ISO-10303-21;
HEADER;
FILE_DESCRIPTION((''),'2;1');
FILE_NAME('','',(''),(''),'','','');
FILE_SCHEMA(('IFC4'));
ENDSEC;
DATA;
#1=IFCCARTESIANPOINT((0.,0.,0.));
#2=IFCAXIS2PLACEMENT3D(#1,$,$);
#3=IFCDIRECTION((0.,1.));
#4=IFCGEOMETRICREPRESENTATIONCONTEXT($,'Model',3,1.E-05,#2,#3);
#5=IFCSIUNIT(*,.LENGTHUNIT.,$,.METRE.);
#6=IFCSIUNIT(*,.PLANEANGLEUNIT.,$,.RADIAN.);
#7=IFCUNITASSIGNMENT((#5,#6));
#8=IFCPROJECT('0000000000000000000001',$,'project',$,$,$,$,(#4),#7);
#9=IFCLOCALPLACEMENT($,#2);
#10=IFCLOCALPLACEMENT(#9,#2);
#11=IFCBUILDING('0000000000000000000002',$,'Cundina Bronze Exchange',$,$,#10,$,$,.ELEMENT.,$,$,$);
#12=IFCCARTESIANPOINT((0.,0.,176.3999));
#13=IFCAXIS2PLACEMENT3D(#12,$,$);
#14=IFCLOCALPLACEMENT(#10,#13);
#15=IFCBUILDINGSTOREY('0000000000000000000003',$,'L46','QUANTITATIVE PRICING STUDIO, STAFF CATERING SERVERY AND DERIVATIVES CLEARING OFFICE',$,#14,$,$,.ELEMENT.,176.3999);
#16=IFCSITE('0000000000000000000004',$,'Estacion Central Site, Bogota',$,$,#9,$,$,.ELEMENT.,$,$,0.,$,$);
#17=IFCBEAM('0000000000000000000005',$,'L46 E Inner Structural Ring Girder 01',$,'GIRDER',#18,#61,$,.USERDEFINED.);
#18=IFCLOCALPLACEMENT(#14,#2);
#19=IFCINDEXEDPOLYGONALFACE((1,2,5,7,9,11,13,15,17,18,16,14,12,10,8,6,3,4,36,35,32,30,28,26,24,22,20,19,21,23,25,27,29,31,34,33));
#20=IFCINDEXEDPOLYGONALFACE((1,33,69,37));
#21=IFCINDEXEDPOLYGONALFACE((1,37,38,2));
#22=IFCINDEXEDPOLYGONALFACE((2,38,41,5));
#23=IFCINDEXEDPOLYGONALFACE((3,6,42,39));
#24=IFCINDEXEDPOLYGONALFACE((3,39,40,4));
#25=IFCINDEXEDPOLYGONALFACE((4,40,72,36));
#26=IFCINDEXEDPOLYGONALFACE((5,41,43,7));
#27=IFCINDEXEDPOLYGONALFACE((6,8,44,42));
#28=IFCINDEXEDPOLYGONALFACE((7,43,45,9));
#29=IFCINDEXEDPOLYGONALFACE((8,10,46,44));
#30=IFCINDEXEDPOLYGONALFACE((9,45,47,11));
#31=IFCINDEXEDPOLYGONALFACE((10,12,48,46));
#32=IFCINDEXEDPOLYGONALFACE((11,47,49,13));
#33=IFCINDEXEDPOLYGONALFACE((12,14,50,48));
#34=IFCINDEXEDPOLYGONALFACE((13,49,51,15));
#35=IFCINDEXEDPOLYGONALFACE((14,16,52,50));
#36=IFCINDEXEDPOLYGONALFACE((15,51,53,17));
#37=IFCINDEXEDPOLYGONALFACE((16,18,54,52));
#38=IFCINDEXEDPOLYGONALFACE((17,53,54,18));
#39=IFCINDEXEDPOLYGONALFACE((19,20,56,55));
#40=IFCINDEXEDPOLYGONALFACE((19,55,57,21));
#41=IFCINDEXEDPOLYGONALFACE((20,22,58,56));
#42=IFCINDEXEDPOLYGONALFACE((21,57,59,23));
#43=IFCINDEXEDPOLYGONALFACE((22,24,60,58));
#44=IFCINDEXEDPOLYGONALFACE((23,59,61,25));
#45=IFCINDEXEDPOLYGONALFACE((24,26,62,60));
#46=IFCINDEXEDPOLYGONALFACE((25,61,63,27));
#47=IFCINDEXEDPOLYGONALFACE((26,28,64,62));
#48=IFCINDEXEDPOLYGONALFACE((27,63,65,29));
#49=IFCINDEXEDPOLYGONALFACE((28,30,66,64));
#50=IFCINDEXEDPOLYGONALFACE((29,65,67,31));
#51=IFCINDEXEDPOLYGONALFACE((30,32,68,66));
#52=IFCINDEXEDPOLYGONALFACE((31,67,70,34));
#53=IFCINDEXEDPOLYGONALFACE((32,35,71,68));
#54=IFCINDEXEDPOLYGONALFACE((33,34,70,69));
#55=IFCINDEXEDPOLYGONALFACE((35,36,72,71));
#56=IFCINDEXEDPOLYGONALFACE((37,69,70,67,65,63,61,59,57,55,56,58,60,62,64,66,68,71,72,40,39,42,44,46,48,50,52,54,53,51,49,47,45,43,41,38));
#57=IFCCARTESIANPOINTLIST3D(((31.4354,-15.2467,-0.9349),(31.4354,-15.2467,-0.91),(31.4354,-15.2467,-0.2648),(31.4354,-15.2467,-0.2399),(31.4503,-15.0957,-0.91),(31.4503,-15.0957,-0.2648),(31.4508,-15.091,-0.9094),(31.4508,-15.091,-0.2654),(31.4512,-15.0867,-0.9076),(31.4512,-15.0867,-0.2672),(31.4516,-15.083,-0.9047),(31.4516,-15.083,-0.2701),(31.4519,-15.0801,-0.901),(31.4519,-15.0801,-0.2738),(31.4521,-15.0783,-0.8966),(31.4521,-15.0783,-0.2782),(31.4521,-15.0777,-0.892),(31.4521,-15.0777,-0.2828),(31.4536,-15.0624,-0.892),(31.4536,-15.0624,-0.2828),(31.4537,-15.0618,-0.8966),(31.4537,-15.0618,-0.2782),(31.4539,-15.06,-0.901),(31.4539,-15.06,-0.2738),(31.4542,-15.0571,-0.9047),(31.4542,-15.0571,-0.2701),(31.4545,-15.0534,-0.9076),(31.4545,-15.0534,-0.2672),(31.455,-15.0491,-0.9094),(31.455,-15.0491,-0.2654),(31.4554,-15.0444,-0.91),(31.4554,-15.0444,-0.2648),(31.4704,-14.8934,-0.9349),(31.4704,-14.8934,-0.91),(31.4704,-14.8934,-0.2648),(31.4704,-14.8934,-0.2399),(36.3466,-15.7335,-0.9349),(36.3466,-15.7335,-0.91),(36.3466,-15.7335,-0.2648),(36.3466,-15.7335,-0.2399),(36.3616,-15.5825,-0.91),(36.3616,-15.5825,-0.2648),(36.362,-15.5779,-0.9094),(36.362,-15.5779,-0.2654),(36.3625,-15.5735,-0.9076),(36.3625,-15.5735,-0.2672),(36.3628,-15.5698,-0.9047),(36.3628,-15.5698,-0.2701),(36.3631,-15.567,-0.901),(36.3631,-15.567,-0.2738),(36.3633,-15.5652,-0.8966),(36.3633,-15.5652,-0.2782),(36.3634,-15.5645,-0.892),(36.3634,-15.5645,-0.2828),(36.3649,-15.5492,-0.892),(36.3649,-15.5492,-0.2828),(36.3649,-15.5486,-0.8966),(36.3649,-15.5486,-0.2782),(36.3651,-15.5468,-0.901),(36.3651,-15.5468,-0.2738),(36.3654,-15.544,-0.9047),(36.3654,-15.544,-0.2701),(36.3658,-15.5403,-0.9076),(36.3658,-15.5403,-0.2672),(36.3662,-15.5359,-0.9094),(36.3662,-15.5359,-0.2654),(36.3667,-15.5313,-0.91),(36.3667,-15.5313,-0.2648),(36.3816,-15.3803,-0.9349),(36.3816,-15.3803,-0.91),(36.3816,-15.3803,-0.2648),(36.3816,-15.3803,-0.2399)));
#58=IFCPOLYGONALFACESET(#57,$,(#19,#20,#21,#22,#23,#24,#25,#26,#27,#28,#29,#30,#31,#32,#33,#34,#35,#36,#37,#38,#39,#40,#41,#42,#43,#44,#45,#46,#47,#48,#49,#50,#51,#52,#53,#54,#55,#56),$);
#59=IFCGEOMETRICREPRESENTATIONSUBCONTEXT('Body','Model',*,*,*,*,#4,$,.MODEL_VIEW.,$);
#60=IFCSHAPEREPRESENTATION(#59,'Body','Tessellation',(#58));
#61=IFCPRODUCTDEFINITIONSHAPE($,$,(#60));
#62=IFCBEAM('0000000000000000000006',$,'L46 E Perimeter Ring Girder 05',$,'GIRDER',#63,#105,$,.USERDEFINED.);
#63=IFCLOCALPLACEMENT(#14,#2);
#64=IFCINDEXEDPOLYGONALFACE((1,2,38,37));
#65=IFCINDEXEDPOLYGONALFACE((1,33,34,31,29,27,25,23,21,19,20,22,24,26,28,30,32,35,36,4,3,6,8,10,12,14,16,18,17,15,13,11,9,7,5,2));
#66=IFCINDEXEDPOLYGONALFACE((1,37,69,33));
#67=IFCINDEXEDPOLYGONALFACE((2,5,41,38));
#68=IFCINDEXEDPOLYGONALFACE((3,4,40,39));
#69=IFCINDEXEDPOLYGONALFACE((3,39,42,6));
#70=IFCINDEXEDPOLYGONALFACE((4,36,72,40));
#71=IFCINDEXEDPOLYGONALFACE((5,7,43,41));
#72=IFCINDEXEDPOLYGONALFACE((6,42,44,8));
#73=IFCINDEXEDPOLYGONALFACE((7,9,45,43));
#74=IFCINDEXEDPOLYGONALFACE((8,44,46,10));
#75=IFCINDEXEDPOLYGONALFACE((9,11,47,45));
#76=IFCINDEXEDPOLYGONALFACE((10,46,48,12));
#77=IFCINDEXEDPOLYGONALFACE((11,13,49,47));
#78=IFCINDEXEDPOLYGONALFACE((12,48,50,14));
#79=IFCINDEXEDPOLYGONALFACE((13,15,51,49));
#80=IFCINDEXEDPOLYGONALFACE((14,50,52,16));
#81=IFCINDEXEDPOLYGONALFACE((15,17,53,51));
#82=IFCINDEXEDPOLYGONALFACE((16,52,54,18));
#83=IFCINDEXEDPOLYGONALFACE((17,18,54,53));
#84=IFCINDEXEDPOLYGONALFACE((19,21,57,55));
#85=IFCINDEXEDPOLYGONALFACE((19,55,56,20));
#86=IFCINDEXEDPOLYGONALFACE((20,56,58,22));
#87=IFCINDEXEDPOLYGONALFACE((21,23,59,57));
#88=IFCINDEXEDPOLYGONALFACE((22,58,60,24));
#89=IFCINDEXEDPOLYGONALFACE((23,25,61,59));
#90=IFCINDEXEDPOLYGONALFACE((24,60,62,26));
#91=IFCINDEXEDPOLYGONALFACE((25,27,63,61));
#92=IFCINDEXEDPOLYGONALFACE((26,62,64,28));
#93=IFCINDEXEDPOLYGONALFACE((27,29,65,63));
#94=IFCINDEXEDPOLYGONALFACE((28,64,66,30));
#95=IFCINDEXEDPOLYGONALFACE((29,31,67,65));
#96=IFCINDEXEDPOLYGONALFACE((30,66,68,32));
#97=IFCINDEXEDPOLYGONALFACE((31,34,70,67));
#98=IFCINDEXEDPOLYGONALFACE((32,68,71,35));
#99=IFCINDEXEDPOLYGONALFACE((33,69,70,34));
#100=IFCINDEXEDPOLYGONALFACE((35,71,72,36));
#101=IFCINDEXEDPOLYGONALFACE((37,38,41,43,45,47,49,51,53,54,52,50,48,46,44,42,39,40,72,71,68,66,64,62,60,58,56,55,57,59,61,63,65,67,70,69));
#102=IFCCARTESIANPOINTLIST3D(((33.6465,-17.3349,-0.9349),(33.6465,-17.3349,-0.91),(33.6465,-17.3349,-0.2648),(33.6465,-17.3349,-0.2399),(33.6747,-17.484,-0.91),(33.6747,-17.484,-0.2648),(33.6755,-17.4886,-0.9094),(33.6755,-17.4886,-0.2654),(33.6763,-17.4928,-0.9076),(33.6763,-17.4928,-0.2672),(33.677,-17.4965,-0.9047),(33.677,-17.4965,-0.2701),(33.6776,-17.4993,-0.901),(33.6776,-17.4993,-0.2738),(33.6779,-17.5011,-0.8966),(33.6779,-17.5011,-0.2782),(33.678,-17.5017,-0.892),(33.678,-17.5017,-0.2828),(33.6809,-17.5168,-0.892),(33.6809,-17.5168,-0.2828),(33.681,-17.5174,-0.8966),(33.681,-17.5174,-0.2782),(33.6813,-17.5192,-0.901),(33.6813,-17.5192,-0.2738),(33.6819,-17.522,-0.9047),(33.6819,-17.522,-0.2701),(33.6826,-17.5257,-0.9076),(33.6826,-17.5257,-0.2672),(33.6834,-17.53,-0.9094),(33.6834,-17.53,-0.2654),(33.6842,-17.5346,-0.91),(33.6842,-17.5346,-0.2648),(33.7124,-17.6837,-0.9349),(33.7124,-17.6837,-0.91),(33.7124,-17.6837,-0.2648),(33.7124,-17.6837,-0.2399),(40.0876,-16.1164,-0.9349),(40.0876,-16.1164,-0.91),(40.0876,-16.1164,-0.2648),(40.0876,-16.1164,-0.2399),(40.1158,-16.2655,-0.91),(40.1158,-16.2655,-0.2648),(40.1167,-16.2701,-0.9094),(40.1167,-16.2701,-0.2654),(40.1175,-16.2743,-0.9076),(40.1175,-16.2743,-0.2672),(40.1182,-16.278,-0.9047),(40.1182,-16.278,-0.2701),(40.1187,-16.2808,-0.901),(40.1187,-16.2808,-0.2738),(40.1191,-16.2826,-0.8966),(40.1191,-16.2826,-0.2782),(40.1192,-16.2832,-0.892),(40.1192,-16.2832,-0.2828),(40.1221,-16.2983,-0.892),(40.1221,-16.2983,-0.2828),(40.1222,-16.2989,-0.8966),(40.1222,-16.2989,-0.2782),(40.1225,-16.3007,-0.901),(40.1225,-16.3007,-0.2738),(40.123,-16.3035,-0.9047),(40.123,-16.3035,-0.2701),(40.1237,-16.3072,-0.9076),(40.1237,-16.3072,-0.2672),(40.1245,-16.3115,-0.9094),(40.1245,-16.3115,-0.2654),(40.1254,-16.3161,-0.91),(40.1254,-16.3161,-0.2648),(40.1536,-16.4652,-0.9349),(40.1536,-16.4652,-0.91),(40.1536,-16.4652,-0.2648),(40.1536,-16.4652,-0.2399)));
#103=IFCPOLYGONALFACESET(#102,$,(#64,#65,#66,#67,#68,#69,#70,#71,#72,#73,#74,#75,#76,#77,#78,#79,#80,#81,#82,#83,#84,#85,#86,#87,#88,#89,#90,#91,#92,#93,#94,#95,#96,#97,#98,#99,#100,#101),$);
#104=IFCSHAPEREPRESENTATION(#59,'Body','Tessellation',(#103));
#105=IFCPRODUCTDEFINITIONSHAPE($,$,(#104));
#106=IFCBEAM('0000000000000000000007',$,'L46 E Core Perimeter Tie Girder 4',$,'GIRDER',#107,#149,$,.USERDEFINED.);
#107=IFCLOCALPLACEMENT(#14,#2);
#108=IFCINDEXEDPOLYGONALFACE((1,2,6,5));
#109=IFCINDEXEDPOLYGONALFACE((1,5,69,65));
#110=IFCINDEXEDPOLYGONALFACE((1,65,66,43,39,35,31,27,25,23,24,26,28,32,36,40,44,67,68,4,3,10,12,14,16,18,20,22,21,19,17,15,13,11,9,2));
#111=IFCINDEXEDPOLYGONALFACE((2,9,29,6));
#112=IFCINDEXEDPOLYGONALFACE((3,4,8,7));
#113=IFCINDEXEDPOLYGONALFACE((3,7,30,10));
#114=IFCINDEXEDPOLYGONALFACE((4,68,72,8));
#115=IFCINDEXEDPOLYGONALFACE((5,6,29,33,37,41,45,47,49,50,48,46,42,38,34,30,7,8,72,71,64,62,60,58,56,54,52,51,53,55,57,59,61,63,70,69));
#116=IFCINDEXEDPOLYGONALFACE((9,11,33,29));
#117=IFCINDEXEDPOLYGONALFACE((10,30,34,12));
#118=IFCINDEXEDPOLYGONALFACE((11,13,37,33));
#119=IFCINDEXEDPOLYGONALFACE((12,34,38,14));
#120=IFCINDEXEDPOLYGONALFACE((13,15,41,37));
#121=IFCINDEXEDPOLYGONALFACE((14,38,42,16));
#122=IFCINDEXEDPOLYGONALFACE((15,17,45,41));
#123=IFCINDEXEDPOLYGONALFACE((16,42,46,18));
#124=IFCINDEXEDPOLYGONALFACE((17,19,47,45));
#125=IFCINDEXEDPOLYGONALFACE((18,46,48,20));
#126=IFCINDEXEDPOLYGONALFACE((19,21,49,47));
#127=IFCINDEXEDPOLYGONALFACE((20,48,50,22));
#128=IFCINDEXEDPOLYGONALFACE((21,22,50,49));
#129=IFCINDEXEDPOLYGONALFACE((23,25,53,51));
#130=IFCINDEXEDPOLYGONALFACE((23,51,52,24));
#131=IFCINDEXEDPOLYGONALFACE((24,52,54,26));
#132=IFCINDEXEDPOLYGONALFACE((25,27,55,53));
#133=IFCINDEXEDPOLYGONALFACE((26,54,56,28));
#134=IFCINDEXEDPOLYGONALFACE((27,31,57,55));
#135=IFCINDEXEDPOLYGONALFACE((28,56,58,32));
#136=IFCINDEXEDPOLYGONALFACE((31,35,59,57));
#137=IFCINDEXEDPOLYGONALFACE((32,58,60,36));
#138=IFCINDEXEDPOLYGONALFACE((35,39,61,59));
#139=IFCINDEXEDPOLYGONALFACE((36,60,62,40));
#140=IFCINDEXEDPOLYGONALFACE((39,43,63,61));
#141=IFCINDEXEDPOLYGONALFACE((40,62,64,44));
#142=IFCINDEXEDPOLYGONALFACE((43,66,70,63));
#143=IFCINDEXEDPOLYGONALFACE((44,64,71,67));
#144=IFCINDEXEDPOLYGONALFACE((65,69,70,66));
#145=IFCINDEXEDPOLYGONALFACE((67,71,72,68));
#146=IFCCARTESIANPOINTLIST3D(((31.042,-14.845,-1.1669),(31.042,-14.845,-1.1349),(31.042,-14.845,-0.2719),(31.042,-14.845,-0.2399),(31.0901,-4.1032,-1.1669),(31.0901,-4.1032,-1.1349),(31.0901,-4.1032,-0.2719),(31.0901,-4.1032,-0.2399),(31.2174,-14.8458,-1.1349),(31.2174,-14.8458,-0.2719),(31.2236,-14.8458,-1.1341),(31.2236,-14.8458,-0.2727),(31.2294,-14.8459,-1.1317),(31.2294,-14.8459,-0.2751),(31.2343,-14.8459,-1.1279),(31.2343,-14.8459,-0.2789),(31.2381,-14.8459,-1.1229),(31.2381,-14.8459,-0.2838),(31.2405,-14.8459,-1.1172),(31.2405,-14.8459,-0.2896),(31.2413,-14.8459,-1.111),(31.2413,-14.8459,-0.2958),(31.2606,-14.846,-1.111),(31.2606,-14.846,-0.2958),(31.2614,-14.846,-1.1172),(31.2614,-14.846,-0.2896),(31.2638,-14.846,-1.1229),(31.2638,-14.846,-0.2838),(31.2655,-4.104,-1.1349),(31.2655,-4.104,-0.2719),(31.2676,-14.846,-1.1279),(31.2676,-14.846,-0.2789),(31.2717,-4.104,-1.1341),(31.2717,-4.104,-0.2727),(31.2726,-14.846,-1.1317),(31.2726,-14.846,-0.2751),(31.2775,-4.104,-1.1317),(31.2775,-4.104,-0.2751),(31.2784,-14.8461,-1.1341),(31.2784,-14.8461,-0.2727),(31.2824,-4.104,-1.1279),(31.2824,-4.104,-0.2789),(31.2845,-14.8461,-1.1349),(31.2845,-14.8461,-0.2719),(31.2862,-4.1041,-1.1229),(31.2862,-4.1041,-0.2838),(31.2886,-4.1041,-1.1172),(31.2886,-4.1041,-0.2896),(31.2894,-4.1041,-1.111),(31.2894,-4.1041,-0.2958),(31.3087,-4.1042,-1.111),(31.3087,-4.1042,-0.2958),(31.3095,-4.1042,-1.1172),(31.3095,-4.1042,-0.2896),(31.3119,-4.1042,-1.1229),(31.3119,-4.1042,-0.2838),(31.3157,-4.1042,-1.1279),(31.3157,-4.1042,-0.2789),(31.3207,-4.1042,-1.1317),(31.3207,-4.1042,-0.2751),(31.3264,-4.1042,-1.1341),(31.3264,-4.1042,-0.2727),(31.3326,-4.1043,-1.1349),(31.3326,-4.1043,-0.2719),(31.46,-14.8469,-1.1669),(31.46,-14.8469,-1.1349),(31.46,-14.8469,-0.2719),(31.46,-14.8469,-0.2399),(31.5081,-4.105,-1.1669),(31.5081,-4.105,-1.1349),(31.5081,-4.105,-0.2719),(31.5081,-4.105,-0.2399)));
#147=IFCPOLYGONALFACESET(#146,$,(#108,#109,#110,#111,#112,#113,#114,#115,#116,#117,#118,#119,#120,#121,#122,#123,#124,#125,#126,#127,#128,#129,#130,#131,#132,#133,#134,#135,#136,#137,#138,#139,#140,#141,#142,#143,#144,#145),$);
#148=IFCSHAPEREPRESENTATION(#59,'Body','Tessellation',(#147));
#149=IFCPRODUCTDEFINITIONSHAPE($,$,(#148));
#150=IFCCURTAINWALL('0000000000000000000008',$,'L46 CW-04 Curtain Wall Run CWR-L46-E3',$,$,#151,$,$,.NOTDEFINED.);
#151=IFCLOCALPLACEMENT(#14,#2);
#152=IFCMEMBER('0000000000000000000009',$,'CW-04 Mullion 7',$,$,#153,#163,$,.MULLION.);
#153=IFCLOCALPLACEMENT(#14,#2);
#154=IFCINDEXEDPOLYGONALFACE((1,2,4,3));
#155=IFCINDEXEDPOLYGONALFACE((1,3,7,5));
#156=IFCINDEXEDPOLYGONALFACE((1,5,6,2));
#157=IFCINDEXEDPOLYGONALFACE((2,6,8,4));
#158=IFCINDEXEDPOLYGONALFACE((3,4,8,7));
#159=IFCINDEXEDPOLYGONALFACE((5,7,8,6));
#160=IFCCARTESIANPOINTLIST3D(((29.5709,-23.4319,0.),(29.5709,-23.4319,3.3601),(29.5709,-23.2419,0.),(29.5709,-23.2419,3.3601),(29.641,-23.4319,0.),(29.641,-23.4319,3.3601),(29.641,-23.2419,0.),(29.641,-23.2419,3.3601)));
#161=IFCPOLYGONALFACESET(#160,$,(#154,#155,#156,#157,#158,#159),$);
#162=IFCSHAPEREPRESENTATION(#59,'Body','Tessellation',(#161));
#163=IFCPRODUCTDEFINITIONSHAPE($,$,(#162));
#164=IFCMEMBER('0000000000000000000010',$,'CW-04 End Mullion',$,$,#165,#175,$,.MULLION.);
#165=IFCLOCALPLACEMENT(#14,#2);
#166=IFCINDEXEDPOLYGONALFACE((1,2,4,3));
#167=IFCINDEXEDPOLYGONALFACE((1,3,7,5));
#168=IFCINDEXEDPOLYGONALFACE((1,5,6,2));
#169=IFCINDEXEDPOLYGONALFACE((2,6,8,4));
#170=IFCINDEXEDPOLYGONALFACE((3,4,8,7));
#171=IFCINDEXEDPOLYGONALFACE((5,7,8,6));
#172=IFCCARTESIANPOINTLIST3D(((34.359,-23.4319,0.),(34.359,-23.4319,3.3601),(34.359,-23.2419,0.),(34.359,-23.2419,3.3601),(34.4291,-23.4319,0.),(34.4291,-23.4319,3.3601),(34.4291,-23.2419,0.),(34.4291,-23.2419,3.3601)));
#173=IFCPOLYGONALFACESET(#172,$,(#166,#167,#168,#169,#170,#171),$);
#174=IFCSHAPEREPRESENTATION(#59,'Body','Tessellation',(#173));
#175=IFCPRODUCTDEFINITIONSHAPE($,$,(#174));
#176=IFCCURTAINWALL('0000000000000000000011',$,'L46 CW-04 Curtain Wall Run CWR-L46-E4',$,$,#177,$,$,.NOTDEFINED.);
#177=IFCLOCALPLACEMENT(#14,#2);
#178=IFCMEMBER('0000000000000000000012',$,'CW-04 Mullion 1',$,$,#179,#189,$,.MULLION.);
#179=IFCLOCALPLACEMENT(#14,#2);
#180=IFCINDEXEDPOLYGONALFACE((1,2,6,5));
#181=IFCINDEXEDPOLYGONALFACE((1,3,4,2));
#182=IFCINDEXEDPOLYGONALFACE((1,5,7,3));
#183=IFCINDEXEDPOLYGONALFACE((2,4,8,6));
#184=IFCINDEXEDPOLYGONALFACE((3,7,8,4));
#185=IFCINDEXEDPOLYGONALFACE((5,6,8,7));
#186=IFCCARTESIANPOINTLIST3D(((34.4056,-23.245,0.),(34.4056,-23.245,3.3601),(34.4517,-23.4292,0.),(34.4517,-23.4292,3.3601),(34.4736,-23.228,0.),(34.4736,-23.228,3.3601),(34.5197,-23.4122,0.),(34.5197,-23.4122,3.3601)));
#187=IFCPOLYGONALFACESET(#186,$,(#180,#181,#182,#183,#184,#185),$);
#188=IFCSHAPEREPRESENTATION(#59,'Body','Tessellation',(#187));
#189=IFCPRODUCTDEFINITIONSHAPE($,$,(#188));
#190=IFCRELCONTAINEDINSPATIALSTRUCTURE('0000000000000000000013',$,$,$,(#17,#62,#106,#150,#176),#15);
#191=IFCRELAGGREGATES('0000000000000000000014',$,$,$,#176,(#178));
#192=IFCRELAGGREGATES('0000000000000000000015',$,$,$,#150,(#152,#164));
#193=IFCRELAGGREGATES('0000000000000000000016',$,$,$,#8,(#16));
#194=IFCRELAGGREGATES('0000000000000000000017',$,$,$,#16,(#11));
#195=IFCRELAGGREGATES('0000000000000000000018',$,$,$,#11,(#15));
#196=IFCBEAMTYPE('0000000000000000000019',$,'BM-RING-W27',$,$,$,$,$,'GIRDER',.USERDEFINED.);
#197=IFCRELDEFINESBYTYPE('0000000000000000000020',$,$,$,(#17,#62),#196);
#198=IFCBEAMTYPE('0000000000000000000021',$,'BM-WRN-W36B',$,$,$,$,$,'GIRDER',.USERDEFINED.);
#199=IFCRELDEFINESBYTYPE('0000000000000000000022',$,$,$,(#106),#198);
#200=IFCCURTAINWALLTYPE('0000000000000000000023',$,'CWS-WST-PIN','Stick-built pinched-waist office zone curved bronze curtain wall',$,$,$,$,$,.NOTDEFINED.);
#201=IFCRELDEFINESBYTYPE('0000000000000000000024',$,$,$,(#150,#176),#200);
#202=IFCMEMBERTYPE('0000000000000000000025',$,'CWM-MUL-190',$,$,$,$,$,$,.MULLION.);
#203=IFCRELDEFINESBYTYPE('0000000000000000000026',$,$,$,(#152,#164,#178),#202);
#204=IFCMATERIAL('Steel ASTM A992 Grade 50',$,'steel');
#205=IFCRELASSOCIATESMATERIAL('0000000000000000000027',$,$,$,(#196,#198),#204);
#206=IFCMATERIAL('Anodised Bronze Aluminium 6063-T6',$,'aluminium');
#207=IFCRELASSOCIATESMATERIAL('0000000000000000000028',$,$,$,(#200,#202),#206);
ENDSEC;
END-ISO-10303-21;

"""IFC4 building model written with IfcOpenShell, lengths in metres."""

from ifc_helpers import new_model, si_unit, direction, frame, origin, origin_2d, place, context, subcontext, project, spatial, rectangle, i_section, extrude, material, material_profile, profile_set, type_object, element, aggregate, save


model = new_model("IFC4")

# Units and contexts
model_context = context("Model", 3, precision=1e-05, world=origin(), true_north=direction((0.0, 1.0)))
body_context = subcontext(model_context, "Body", "Model", "MODEL_VIEW")
ifc_project = project(units=[si_unit("LENGTHUNIT", "METRE"), si_unit("PLANEANGLEUNIT", "RADIAN")], contexts=[model_context])

# Site, building, storey
site_placement = place(None, origin())
site = spatial("IfcSite", under=ifc_project, at=site_placement, Name="Estacion Central Site, Bogota", CompositionType="ELEMENT", RefElevation=0.0)
building_placement = place(site_placement, origin())
building = spatial("IfcBuilding", under=site, at=building_placement, Name="Cundina Bronze Exchange", CompositionType="ELEMENT")
storey_placement = place(building_placement, frame((0.0, 0.0, 176.3999)))
storey = spatial("IfcBuildingStorey", under=building, at=storey_placement, Name="L46", Description="QUANTITATIVE PRICING STUDIO, STAFF CATERING SERVERY AND DERIVATIVES CLEARING OFFICE", CompositionType="ELEMENT", Elevation=176.3999)

# Shared definitions
ifc_material_1 = material(Name="Steel ASTM A992 Grade 50", Category="steel")

# Beams
ifc_material_profile_1 = material_profile(ifc_material_1, i_section(OverallWidth=0.355, OverallDepth=0.6951, WebThickness=0.0154, FlangeThickness=0.0249, FilletRadius=0.0181, at=origin_2d()), Name="W27X146", Category="steel")
ifc_profile_set_1 = profile_set([ifc_material_profile_1], Name="Steel ASTM A992 Grade 50")
beam_type_1 = type_object("IfcBeamType", Name="BM-RING-W27", ElementType="GIRDER", PredefinedType="USERDEFINED", material=ifc_profile_set_1)
beam_1_placement = place(storey_placement, frame((31.4529, -15.0701, -0.5874), z_axis=(0.995123, -0.098642, 0.0), x_axis=(0.098642, 0.995123, 0.0)))
element("IfcBeam", 1, at=beam_1_placement, inside=storey, type_object=beam_type_1, Name="L46 E Inner Structural Ring Girder 01", ObjectType="GIRDER", PredefinedType="USERDEFINED", context=body_context, shape_type="SweptSolid", body=[
    extrude(i_section(OverallWidth=0.355, OverallDepth=0.6951, WebThickness=0.0154, FlangeThickness=0.0249, FilletRadius=0.0181, at=origin_2d()), origin(), (0.0, 0.0, 1.0), 4.9353),
])
beam_2_placement = place(storey_placement, frame((33.6794, -17.5093, -0.5874), z_axis=(0.982573, 0.185878, 0.0), x_axis=(-0.185878, 0.982573, 0.0)))
element("IfcBeam", 2, at=beam_2_placement, inside=storey, type_object=beam_type_1, Name="L46 E Perimeter Ring Girder 05", ObjectType="GIRDER", PredefinedType="USERDEFINED", context=body_context, shape_type="SweptSolid", body=[
    extrude(i_section(OverallWidth=0.355, OverallDepth=0.6951, WebThickness=0.0154, FlangeThickness=0.0249, FilletRadius=0.0181, at=origin_2d()), origin(), (0.0, 0.0, 1.0), 6.5554),
])
ifc_material_profile_2 = material_profile(ifc_material_1, i_section(OverallWidth=0.418, OverallDepth=0.927, WebThickness=0.0193, FlangeThickness=0.032, FilletRadius=0.0239, at=origin_2d()), Name="W36X231", Category="steel")
ifc_profile_set_2 = profile_set([ifc_material_profile_2], Name="Steel ASTM A992 Grade 50")
beam_type_2 = type_object("IfcBeamType", Name="BM-WRN-W36B", ElementType="GIRDER", PredefinedType="USERDEFINED", material=ifc_profile_set_2)
beam_3_placement = place(storey_placement, frame((31.251, -14.8459, -0.7034), z_axis=(0.004477, 0.99999, 0.0), x_axis=(-0.99999, 0.004477, 0.0)))
element("IfcBeam", 3, at=beam_3_placement, inside=storey, type_object=beam_type_2, Name="L46 E Core Perimeter Tie Girder 4", ObjectType="GIRDER", PredefinedType="USERDEFINED", context=body_context, shape_type="SweptSolid", body=[
    extrude(i_section(OverallWidth=0.418, OverallDepth=0.927, WebThickness=0.0193, FlangeThickness=0.032, FilletRadius=0.0239, at=origin_2d()), origin(), (0.0, 0.0, 1.0), 10.7419),
])

# Curtain wall, members
ifc_material_2 = material(Name="Anodised Bronze Aluminium 6063-T6", Category="aluminium")
curtain_wall_type = type_object("IfcCurtainWallType", Name="CWS-WST-PIN", Description="Stick-built pinched-waist office zone curved bronze curtain wall", PredefinedType="NOTDEFINED", material=ifc_material_2)
curtain_wall_1_placement = place(storey_placement, origin())
curtain_wall_1 = element("IfcCurtainWall", 4, at=curtain_wall_1_placement, inside=storey, type_object=curtain_wall_type, Name="L46 CW-04 Curtain Wall Run CWR-L46-E3", PredefinedType="NOTDEFINED")
ifc_material_profile_3 = material_profile(ifc_material_2, rectangle(XDim=0.0701, YDim=0.1899, at=origin_2d()), Name="AL70X190", Category="aluminium")
ifc_profile_set_3 = profile_set([ifc_material_profile_3], Name="Anodised Bronze Aluminium 6063-T6")
member_type_1 = type_object("IfcMemberType", Name="CWM-MUL-190", PredefinedType="MULLION", material=ifc_profile_set_3)
member_1_placement = place(storey_placement, frame((29.606, -23.3369, 0.0), z_axis=(0.0, 0.0, 1.0), x_axis=(1.0, 0.0, 0.0)))
member_1 = element("IfcMember", 5, at=member_1_placement, type_object=member_type_1, Name="CW-04 Mullion 7", PredefinedType="MULLION", context=body_context, shape_type="SweptSolid", body=[
    extrude(rectangle(XDim=0.0701, YDim=0.1899, at=origin_2d()), origin(), (0.0, 0.0, 1.0), 3.3601),
])
member_2_placement = place(storey_placement, frame((34.394, -23.3369, 0.0), z_axis=(0.0, 0.0, 1.0), x_axis=(1.0, 0.0, 0.0)))
member_2 = element("IfcMember", 6, at=member_2_placement, type_object=member_type_1, Name="CW-04 End Mullion", PredefinedType="MULLION", context=body_context, shape_type="SweptSolid", body=[
    extrude(rectangle(XDim=0.0701, YDim=0.1899, at=origin_2d()), origin(), (0.0, 0.0, 1.0), 3.3601),
])

# Curtain wall, member
curtain_wall_2_placement = place(storey_placement, origin())
curtain_wall_2 = element("IfcCurtainWall", 7, at=curtain_wall_2_placement, inside=storey, type_object=curtain_wall_type, Name="L46 CW-04 Curtain Wall Run CWR-L46-E4", PredefinedType="NOTDEFINED")
member_3_placement = place(storey_placement, frame((34.4626, -23.3286, 0.0), z_axis=(0.0, 0.0, 1.0), x_axis=(0.970084, 0.242769, 0.0)))
member_3 = element("IfcMember", 8, at=member_3_placement, type_object=member_type_1, Name="CW-04 Mullion 1", PredefinedType="MULLION", context=body_context, shape_type="SweptSolid", body=[
    extrude(rectangle(XDim=0.0701, YDim=0.1899, at=origin_2d()), origin(), (0.0, 0.0, 1.0), 3.3601),
])

aggregate(curtain_wall_2, [member_3])

aggregate(curtain_wall_1, [member_1, member_2])

save(model, "model.ifc")
